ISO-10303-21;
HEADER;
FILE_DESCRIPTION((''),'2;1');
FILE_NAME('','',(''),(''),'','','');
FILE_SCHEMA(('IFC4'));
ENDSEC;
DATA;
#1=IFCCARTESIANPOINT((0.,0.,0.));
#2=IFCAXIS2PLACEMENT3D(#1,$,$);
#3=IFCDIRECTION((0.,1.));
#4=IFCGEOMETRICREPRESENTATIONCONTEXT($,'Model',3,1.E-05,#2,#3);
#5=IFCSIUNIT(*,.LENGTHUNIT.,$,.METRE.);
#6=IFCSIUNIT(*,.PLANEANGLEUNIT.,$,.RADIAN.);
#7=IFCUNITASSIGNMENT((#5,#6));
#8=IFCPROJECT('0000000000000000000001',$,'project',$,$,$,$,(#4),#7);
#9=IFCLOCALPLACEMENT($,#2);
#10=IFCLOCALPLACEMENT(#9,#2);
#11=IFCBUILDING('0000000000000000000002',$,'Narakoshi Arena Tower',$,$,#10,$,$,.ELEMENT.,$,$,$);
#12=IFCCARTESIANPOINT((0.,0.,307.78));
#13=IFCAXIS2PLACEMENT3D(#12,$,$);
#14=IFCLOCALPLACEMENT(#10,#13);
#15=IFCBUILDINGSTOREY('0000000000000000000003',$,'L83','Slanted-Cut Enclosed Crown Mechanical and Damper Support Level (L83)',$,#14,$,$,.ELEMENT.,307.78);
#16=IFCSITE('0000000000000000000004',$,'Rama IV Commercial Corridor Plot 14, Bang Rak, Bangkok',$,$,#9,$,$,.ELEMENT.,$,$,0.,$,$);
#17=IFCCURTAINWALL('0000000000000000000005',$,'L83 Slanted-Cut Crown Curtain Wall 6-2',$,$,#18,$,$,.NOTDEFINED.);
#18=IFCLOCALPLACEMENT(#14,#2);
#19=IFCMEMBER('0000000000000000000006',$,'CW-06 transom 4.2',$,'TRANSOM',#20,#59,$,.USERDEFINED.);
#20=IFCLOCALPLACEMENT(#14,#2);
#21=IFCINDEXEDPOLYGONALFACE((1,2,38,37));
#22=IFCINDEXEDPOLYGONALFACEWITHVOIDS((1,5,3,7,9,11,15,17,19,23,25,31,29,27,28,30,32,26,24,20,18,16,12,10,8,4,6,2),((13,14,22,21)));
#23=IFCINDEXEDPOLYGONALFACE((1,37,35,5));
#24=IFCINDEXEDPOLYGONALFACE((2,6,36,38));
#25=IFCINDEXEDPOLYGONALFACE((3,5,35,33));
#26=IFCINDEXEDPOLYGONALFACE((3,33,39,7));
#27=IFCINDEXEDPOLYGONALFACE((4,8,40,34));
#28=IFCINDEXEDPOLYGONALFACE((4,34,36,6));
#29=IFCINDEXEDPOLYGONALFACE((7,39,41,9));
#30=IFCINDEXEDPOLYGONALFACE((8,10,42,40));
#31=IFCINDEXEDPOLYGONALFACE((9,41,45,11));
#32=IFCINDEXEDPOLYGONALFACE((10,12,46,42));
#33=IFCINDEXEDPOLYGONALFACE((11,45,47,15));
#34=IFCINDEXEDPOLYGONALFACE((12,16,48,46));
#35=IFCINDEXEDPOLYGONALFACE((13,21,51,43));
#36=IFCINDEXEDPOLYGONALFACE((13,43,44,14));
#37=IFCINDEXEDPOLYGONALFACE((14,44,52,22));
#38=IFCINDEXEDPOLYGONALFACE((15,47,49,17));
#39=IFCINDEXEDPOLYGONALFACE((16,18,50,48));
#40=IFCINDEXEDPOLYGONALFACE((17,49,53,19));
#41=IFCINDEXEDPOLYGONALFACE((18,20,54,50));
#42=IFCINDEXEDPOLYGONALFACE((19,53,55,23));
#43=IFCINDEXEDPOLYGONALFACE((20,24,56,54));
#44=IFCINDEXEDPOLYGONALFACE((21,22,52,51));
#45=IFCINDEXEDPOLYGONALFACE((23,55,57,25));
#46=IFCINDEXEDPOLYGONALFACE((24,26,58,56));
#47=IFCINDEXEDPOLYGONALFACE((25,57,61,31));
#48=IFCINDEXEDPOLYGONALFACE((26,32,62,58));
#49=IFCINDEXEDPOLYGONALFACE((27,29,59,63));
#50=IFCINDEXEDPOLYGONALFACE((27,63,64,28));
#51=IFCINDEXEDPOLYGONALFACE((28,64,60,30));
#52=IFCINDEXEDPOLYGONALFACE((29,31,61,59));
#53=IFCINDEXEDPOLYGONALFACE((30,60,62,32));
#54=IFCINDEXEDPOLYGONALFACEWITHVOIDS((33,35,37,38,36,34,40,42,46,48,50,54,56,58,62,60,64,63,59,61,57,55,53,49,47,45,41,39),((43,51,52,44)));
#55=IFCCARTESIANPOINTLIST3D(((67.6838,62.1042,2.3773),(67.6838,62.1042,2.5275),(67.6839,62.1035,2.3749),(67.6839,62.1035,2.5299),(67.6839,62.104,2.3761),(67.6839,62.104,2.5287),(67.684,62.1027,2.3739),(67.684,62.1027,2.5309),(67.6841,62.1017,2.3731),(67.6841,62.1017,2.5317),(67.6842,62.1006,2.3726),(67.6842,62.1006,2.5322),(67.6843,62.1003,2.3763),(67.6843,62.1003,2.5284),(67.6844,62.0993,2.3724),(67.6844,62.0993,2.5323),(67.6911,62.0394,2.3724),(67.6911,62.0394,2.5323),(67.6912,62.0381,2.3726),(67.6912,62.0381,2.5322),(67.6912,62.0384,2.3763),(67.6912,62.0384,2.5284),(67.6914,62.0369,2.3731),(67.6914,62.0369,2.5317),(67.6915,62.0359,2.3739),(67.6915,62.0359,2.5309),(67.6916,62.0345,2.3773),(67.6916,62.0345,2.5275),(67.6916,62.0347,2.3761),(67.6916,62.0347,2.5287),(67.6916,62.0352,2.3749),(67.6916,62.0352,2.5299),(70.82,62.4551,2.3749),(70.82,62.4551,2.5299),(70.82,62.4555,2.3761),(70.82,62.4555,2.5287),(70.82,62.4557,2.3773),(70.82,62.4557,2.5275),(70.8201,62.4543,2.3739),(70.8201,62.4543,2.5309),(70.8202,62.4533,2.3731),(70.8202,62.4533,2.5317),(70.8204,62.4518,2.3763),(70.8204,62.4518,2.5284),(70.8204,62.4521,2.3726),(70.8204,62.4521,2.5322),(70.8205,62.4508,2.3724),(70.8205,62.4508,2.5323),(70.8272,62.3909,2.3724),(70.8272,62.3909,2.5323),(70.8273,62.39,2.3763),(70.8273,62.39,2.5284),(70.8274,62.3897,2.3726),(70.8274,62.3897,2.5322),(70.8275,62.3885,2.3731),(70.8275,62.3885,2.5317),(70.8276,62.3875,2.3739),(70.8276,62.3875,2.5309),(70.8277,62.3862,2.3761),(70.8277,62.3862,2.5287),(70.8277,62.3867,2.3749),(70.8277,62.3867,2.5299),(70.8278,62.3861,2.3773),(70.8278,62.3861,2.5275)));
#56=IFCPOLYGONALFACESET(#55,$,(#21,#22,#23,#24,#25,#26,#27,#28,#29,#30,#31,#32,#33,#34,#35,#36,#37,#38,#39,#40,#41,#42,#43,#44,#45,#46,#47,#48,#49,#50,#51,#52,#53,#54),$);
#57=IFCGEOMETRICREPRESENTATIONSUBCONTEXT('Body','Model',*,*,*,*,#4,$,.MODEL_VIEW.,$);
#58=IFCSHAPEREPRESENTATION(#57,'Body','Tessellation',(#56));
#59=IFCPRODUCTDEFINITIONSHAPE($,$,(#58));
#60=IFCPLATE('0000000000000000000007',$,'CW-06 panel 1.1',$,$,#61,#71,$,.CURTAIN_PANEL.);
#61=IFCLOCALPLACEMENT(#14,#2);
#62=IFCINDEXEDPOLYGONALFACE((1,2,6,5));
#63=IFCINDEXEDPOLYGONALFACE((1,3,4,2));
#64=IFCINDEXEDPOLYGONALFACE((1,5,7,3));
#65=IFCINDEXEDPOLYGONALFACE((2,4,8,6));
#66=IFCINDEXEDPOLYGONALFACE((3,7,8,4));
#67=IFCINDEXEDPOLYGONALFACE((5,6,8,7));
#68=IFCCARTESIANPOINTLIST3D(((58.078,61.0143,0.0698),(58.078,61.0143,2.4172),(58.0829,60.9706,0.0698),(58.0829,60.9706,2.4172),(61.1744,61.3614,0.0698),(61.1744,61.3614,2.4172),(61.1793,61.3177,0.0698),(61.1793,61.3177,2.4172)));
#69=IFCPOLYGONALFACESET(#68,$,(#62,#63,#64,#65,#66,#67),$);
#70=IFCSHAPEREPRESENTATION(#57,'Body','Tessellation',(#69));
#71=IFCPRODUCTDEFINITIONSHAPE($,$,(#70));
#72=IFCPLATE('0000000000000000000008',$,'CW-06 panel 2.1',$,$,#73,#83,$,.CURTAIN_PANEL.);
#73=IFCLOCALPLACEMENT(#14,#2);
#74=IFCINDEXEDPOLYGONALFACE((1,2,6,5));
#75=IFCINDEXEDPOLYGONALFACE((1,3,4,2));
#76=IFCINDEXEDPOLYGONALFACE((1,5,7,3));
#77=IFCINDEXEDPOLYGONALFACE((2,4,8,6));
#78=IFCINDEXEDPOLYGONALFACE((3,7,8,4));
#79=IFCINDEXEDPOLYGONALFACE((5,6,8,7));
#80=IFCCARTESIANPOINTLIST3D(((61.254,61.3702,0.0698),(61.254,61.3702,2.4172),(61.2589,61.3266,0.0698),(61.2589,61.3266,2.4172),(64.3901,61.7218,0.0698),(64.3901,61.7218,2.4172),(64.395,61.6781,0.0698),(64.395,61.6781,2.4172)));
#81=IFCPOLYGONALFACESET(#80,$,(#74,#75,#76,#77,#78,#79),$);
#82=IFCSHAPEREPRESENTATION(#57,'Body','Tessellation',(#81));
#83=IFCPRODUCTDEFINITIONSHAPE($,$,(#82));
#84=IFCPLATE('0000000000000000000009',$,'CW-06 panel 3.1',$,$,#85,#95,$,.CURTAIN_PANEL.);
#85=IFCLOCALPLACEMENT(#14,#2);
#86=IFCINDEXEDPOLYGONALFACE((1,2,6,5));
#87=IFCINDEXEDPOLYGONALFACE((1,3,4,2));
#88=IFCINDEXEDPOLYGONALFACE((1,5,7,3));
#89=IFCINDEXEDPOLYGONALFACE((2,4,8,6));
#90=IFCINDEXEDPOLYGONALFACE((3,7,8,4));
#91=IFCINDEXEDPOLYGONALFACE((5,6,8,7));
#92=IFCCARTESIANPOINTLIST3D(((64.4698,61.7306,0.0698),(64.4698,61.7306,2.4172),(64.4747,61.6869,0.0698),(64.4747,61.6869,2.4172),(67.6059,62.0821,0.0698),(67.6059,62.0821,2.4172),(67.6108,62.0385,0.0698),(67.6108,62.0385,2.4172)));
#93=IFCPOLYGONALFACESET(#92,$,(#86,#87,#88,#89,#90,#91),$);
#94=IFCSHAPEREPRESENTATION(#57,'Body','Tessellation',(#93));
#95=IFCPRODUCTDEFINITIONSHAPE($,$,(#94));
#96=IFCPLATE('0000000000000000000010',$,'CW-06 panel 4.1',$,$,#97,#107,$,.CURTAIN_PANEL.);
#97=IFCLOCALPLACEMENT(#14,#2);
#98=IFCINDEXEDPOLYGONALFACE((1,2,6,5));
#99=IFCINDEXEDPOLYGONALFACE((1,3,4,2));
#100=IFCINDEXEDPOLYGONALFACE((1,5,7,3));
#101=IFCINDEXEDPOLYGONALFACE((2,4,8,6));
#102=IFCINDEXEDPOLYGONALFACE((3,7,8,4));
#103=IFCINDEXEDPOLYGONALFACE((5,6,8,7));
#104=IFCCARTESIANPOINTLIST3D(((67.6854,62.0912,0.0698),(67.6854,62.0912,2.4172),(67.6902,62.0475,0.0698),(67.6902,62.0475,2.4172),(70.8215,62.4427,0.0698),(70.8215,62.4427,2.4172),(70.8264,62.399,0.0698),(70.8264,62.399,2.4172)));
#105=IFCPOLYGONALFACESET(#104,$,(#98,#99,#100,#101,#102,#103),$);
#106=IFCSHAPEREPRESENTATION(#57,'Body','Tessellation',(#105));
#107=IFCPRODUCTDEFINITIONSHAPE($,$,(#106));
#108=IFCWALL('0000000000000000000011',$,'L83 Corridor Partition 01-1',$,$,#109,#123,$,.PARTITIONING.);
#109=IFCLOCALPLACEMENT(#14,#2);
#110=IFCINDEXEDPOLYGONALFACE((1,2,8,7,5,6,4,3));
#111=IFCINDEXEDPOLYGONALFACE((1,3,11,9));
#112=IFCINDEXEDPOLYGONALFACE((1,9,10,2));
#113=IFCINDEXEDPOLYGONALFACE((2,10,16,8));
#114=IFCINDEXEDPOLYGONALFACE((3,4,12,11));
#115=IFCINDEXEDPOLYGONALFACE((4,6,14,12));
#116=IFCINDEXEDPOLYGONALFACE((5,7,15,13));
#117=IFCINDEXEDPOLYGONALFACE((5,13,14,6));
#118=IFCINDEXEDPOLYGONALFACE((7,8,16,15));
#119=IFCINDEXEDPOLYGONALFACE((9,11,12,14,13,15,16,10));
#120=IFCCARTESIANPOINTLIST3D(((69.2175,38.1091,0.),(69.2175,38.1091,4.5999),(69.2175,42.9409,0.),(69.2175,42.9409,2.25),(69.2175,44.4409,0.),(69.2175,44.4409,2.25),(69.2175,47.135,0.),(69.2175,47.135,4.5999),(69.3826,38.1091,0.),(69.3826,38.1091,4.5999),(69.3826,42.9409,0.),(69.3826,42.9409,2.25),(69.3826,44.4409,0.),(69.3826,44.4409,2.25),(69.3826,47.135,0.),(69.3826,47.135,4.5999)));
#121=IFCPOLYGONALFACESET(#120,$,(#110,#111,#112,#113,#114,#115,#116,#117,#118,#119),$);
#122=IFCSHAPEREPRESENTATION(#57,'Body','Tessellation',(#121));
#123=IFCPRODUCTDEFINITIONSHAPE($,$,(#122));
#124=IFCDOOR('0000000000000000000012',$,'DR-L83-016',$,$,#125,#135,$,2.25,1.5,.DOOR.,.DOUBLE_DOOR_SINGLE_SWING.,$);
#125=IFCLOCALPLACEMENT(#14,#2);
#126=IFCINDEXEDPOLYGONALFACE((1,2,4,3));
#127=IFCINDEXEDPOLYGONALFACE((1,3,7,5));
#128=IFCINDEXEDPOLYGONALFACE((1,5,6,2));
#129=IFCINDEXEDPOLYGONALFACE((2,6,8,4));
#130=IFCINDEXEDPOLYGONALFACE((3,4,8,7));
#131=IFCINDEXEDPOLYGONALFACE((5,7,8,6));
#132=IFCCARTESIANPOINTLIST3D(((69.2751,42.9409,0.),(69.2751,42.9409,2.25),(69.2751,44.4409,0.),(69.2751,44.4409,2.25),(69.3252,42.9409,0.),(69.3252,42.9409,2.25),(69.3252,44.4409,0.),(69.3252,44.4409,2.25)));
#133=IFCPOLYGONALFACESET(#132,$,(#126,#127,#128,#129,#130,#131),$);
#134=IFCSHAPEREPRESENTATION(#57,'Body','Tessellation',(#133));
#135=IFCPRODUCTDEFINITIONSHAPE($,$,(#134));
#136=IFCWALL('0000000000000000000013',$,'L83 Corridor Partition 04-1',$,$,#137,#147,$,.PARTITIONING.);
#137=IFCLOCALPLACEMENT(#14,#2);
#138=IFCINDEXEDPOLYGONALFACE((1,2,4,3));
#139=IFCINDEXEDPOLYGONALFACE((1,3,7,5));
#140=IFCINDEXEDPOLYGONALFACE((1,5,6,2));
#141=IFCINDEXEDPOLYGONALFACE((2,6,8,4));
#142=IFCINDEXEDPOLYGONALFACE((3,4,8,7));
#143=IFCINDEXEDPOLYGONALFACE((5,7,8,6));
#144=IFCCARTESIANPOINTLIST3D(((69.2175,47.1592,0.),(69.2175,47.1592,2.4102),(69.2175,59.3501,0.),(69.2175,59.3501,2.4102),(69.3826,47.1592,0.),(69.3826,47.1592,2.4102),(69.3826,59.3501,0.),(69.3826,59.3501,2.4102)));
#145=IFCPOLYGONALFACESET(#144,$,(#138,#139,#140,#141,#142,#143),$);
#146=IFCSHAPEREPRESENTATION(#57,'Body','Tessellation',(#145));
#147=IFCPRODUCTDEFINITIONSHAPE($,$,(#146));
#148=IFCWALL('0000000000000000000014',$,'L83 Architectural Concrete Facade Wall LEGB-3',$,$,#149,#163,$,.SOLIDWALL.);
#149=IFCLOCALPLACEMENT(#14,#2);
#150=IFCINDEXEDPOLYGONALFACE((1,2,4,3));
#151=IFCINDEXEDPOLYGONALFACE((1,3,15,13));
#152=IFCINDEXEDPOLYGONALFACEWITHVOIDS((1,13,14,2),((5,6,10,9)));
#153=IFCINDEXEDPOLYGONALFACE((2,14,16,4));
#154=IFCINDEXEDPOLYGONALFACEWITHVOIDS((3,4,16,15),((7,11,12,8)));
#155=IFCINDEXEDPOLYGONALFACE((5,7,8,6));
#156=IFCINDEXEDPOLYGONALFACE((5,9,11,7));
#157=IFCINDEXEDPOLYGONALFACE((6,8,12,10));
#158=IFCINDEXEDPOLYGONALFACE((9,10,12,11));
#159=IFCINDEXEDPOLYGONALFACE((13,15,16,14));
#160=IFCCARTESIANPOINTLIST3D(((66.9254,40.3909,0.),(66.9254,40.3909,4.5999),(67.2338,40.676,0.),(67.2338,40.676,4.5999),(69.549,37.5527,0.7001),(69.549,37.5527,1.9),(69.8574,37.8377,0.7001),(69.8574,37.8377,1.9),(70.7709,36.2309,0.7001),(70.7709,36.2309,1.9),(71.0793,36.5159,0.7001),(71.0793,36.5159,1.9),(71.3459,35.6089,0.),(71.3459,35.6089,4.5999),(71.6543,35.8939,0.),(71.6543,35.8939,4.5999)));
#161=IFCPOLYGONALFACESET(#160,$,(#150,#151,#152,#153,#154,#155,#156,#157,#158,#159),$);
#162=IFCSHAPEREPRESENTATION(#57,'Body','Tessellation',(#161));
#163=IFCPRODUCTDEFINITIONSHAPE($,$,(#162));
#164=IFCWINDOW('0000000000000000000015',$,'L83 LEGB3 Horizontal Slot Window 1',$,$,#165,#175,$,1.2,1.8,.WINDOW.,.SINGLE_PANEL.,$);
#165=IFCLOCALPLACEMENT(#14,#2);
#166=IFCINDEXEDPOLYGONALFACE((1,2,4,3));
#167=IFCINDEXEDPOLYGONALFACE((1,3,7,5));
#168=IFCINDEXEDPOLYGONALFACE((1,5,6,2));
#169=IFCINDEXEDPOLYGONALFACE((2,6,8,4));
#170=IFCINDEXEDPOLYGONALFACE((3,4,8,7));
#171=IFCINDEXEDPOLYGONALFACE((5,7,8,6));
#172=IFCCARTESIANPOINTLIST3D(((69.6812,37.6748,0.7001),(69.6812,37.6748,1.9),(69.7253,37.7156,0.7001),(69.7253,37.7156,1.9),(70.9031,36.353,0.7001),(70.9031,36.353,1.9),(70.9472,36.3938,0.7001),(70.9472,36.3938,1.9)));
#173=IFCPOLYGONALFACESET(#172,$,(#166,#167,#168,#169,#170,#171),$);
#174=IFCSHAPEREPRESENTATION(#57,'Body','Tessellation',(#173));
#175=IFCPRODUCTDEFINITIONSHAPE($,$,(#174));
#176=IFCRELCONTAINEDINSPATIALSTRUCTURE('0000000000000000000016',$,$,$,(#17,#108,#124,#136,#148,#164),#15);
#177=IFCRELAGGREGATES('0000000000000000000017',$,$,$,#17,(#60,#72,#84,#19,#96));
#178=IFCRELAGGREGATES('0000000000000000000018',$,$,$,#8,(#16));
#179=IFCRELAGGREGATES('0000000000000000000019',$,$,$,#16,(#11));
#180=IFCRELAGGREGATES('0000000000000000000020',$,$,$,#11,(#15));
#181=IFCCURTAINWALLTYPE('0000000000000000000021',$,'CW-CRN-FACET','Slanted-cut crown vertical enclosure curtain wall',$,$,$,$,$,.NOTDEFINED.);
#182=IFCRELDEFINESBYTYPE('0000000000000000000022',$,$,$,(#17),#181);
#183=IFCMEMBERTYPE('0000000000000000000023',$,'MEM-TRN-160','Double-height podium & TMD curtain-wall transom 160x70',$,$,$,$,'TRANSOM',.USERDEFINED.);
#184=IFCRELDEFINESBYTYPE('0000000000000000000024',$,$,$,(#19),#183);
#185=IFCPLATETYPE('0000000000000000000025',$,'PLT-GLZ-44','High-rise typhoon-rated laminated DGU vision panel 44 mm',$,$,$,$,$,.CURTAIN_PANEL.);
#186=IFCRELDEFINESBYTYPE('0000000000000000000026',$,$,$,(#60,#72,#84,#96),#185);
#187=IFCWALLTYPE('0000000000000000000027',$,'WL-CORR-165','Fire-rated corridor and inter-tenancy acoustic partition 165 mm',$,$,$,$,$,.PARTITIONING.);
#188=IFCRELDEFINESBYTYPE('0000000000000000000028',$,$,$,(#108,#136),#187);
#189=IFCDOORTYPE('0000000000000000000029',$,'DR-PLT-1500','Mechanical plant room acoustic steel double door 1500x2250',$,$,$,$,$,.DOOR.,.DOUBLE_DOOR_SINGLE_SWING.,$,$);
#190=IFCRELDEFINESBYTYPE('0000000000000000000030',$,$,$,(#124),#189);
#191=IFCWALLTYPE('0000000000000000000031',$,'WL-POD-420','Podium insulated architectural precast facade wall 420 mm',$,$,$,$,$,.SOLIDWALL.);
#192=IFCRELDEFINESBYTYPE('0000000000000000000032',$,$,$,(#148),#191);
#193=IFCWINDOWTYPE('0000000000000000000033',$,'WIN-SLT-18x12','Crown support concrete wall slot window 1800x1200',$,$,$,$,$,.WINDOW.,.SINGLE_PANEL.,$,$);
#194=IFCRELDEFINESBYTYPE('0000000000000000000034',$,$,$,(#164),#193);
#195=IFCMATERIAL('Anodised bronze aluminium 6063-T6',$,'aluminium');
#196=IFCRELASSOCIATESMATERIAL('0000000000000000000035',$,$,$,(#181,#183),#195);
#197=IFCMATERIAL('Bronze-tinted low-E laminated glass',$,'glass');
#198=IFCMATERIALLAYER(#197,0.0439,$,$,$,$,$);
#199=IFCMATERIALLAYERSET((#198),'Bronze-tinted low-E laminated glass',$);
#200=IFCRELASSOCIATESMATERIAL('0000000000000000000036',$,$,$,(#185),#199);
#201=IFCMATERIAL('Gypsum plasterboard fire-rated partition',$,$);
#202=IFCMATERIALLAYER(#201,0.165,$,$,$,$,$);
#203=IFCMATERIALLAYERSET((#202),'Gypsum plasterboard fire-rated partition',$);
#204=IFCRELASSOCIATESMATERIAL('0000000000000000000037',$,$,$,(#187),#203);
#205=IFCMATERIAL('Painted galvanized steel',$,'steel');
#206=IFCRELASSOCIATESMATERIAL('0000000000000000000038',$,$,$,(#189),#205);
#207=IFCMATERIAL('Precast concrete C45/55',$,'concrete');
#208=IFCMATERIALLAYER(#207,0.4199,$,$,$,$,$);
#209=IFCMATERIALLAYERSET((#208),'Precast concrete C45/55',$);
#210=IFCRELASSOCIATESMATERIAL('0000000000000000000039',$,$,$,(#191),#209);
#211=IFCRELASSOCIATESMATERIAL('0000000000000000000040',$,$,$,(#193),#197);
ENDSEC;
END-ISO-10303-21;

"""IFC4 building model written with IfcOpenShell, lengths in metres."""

from ifc_helpers import new_model, si_unit, direction, frame, frame_2d, origin, origin_2d, place, context, subcontext, project, spatial, polyline, rectangle, hollow_rectangle, outline, extrude, material, layer, layer_set, material_profile, profile_set, type_object, element, fill, aggregate, save


model = new_model("IFC4")

# Units and contexts
model_context = context("Model", 3, precision=1e-05, world=origin(), true_north=direction((0.0, 1.0)))
body_context = subcontext(model_context, "Body", "Model", "MODEL_VIEW")
ifc_project = project(units=[si_unit("LENGTHUNIT", "METRE"), si_unit("PLANEANGLEUNIT", "RADIAN")], contexts=[model_context])

# Site, building, storey
site_placement = place(None, origin())
site = spatial("IfcSite", under=ifc_project, at=site_placement, Name="Rama IV Commercial Corridor Plot 14, Bang Rak, Bangkok", CompositionType="ELEMENT", RefElevation=0.0)
building_placement = place(site_placement, origin())
building = spatial("IfcBuilding", under=site, at=building_placement, Name="Narakoshi Arena Tower", CompositionType="ELEMENT")
storey_placement = place(building_placement, frame((0.0, 0.0, 307.78)))
storey = spatial("IfcBuildingStorey", under=building, at=storey_placement, Name="L83", Description="Slanted-Cut Enclosed Crown Mechanical and Damper Support Level (L83)", CompositionType="ELEMENT", Elevation=307.78)

# Curtain wall, member, plates
ifc_material_1 = material(Name="Anodised bronze aluminium 6063-T6", Category="aluminium")
curtain_wall_type = type_object("IfcCurtainWallType", Name="CW-CRN-FACET", Description="Slanted-cut crown vertical enclosure curtain wall", PredefinedType="NOTDEFINED", material=ifc_material_1)
curtain_wall_placement = place(storey_placement, origin())
curtain_wall = element("IfcCurtainWall", 1, at=curtain_wall_placement, inside=storey, type_object=curtain_wall_type, Name="L83 Slanted-Cut Crown Curtain Wall 6-2", PredefinedType="NOTDEFINED")
ifc_material_profile_1 = material_profile(ifc_material_1, hollow_rectangle(XDim=0.0701, YDim=0.1599, WallThickness=0.0039, OuterFilletRadius=0.0049, at=origin_2d()), Name="TRN160x70x4")
ifc_profile_set_1 = profile_set([ifc_material_profile_1], Name="Anodised bronze aluminium 6063-T6")
member_type_1 = type_object("IfcMemberType", Name="MEM-TRN-160", Description="Double-height podium & TMD curtain-wall transom 160x70", ElementType="TRANSOM", PredefinedType="USERDEFINED", material=ifc_profile_set_1)
member_1_placement = place(storey_placement, frame((67.6877, 62.0693, 2.4524), z_axis=(0.993776, 0.111399, 0.0), x_axis=(-0.111399, 0.993776, 0.0)))
member_1 = element("IfcMember", 2, at=member_1_placement, type_object=member_type_1, Name="CW-06 transom 4.2", ObjectType="TRANSOM", PredefinedType="USERDEFINED", context=body_context, shape_type="SweptSolid", body=[
    extrude(hollow_rectangle(XDim=0.0701, YDim=0.1599, WallThickness=0.0039, OuterFilletRadius=0.0049, at=origin_2d()), origin(), (0.0, 0.0, 1.0), 3.1558),
])
ifc_material_2 = material(Name="Bronze-tinted low-E laminated glass", Category="glass")
ifc_layer_1 = layer(ifc_material_2, 0.0439)
ifc_layer_set_1 = layer_set([ifc_layer_1], Name="Bronze-tinted low-E laminated glass")
plate_type = type_object("IfcPlateType", Name="PLT-GLZ-44", Description="High-rise typhoon-rated laminated DGU vision panel 44 mm", PredefinedType="CURTAIN_PANEL", material=ifc_layer_set_1)
plate_1_placement = place(storey_placement, frame((59.6287, 61.166, 0.0698), z_axis=(0.0, 0.0, 1.0), x_axis=(0.993776, 0.111395, 0.0)))
plate_1 = element("IfcPlate", 3, at=plate_1_placement, type_object=plate_type, Name="CW-06 panel 1.1", PredefinedType="CURTAIN_PANEL", context=body_context, shape_type="SweptSolid", body=[
    extrude(rectangle(XDim=3.1157, YDim=0.0439, at=origin_2d()), origin(), (0.0, 0.0, 1.0), 2.3474),
])
plate_2_placement = place(storey_placement, frame((62.8245, 61.5242, 0.0698), z_axis=(0.0, 0.0, 1.0), x_axis=(0.993776, 0.111395, 0.0)))
plate_2 = element("IfcPlate", 4, at=plate_2_placement, type_object=plate_type, Name="CW-06 panel 2.1", PredefinedType="CURTAIN_PANEL", context=body_context, shape_type="SweptSolid", body=[
    extrude(rectangle(XDim=3.1558, YDim=0.0439, at=origin_2d()), origin(), (0.0, 0.0, 1.0), 2.3474),
])
plate_3_placement = place(storey_placement, frame((66.0403, 61.8845, 0.0698), z_axis=(0.0, 0.0, 1.0), x_axis=(0.993776, 0.111395, 0.0)))
plate_3 = element("IfcPlate", 5, at=plate_3_placement, type_object=plate_type, Name="CW-06 panel 3.1", PredefinedType="CURTAIN_PANEL", context=body_context, shape_type="SweptSolid", body=[
    extrude(rectangle(XDim=3.1558, YDim=0.0439, at=origin_2d()), origin(), (0.0, 0.0, 1.0), 2.3474),
])
plate_4_placement = place(storey_placement, frame((69.2559, 62.2451, 0.0698), z_axis=(0.0, 0.0, 1.0), x_axis=(0.993776, 0.111395, 0.0)))
plate_4 = element("IfcPlate", 6, at=plate_4_placement, type_object=plate_type, Name="CW-06 panel 4.1", PredefinedType="CURTAIN_PANEL", context=body_context, shape_type="SweptSolid", body=[
    extrude(rectangle(XDim=3.1558, YDim=0.0439, at=origin_2d()), origin(), (0.0, 0.0, 1.0), 2.3474),
])
aggregate(curtain_wall, [plate_1, plate_2, plate_3, member_1, plate_4])

# Wall, opening, door
ifc_material_3 = material(Name="Gypsum plasterboard fire-rated partition")
ifc_layer_2 = layer(ifc_material_3, 0.165)
ifc_layer_set_2 = layer_set([ifc_layer_2], Name="Gypsum plasterboard fire-rated partition")
wall_type_1 = type_object("IfcWallType", Name="WL-CORR-165", Description="Fire-rated corridor and inter-tenancy acoustic partition 165 mm", PredefinedType="PARTITIONING", material=ifc_layer_set_2)
wall_1_placement = place(storey_placement, frame((69.3, 47.135, 0.0), z_axis=(0.0, 0.0, 1.0), x_axis=(0.0, -1.0, 0.0)))
wall_1 = element("IfcWall", 7, at=wall_1_placement, inside=storey, type_object=wall_type_1, Name="L83 Corridor Partition 01-1", PredefinedType="PARTITIONING", context=body_context, shape_type="SweptSolid", body=[
    extrude(rectangle(XDim=9.0259, YDim=0.165, at=frame_2d((4.5129, 0.0))), origin(), (0.0, 0.0, 1.0), 4.5999),
])
opening_1_placement = place(wall_1_placement, frame((2.6941, 0.0, 0.0)))
opening_1 = element("IfcOpeningElement", 8, at=opening_1_placement, cuts=wall_1, PredefinedType="OPENING", context=body_context, shape_type="SweptSolid", body=[
    extrude(rectangle(XDim=1.5, YDim=2.25, at=frame_2d((0.75, 1.125))), frame((0.0, 0.0925, 0.0), z_axis=(0.0, -1.0, 0.0), x_axis=(1.0, 0.0, 0.0)), (0.0, 0.0, 1.0), 0.1851),
])
ifc_material_4 = material(Name="Painted galvanized steel", Category="steel")
door_type = type_object("IfcDoorType", Name="DR-PLT-1500", Description="Mechanical plant room acoustic steel double door 1500x2250", OperationType="DOUBLE_DOOR_SINGLE_SWING", PredefinedType="DOOR", material=ifc_material_4)
door_placement = place(opening_1_placement, frame((1.5, 0.0, 0.0), z_axis=(0.0, 0.0, 1.0), x_axis=(-1.0, 0.0, 0.0)))
door = element("IfcDoor", 9, at=door_placement, inside=storey, type_object=door_type, Name="DR-L83-016", OperationType="DOUBLE_DOOR_SINGLE_SWING", OverallHeight=2.25, OverallWidth=1.5, PredefinedType="DOOR", context=body_context, shape_type="SweptSolid", body=[
    extrude(rectangle(XDim=1.5, YDim=2.25, at=frame_2d((0.75, 1.125))), frame((0.0, 0.0249, 0.0), z_axis=(0.0, -1.0, 0.0), x_axis=(1.0, 0.0, 0.0)), (0.0, 0.0, 1.0), 0.05),
])
fill(opening_1, door)

# Wall
wall_2_placement = place(storey_placement, frame((69.3, 59.3501, 0.0), z_axis=(0.0, 0.0, 1.0), x_axis=(0.0, -1.0, 0.0)))
element("IfcWall", 10, at=wall_2_placement, inside=storey, type_object=wall_type_1, Name="L83 Corridor Partition 04-1", PredefinedType="PARTITIONING", context=body_context, shape_type="SweptSolid", body=[
    extrude(rectangle(XDim=12.1909, YDim=0.165, at=frame_2d((6.0955, 0.0))), origin(), (0.0, 0.0, 1.0), 2.4102),
])

# Wall, opening, window
ifc_material_5 = material(Name="Precast concrete C45/55", Category="concrete")
ifc_layer_3 = layer(ifc_material_5, 0.4199)
ifc_layer_set_3 = layer_set([ifc_layer_3], Name="Precast concrete C45/55")
wall_type_2 = type_object("IfcWallType", Name="WL-POD-420", Description="Podium insulated architectural precast facade wall 420 mm", PredefinedType="SOLIDWALL", material=ifc_layer_set_3)
wall_3_placement = place(storey_placement, frame((67.0796, 40.5334, 0.0), z_axis=(0.0, 0.0, 1.0), x_axis=(0.6788, -0.734323, 0.0)))
wall_3 = element("IfcWall", 11, at=wall_3_placement, inside=storey, type_object=wall_type_2, Name="L83 Architectural Concrete Facade Wall LEGB-3", PredefinedType="SOLIDWALL", context=body_context, shape_type="SweptSolid", body=[
    extrude(outline(polyline([(0.0, 0.0), (6.5122, 0.0), (6.5122, 4.5999), (0.0, 4.5999), (0.0, 0.0)])), frame((0.0, 0.21, 0.0), z_axis=(0.0, -1.0, 0.0), x_axis=(1.0, 0.0, 0.0)), (0.0, 0.0, 1.0), 0.4199),
])
opening_2_placement = place(wall_3_placement, frame((3.8652, 0.0, 0.7)))
opening_2 = element("IfcOpeningElement", 12, at=opening_2_placement, cuts=wall_3, PredefinedType="OPENING", context=body_context, shape_type="SweptSolid", body=[
    extrude(rectangle(XDim=1.8, YDim=1.2, at=frame_2d((0.8999, 0.6001))), frame((0.0, 0.22, 0.0), z_axis=(0.0, -1.0, 0.0), x_axis=(1.0, 0.0, 0.0)), (0.0, 0.0, 1.0), 0.4399),
])
window_type = type_object("IfcWindowType", Name="WIN-SLT-18x12", Description="Crown support concrete wall slot window 1800x1200", PartitioningType="SINGLE_PANEL", PredefinedType="WINDOW", material=ifc_material_2)
window_placement = place(opening_2_placement, origin())
window = element("IfcWindow", 13, at=window_placement, inside=storey, type_object=window_type, Name="L83 LEGB3 Horizontal Slot Window 1", OverallHeight=1.2, OverallWidth=1.8, PartitioningType="SINGLE_PANEL", PredefinedType="WINDOW", context=body_context, shape_type="SweptSolid", body=[
    extrude(rectangle(XDim=1.8, YDim=1.2, at=frame_2d((0.8999, 0.6001))), frame((0.0, 0.03, 0.0), z_axis=(0.0, -1.0, 0.0), x_axis=(1.0, 0.0, 0.0)), (0.0, 0.0, 1.0), 0.0601),
])
fill(opening_2, window)

save(model, "model.ifc")
